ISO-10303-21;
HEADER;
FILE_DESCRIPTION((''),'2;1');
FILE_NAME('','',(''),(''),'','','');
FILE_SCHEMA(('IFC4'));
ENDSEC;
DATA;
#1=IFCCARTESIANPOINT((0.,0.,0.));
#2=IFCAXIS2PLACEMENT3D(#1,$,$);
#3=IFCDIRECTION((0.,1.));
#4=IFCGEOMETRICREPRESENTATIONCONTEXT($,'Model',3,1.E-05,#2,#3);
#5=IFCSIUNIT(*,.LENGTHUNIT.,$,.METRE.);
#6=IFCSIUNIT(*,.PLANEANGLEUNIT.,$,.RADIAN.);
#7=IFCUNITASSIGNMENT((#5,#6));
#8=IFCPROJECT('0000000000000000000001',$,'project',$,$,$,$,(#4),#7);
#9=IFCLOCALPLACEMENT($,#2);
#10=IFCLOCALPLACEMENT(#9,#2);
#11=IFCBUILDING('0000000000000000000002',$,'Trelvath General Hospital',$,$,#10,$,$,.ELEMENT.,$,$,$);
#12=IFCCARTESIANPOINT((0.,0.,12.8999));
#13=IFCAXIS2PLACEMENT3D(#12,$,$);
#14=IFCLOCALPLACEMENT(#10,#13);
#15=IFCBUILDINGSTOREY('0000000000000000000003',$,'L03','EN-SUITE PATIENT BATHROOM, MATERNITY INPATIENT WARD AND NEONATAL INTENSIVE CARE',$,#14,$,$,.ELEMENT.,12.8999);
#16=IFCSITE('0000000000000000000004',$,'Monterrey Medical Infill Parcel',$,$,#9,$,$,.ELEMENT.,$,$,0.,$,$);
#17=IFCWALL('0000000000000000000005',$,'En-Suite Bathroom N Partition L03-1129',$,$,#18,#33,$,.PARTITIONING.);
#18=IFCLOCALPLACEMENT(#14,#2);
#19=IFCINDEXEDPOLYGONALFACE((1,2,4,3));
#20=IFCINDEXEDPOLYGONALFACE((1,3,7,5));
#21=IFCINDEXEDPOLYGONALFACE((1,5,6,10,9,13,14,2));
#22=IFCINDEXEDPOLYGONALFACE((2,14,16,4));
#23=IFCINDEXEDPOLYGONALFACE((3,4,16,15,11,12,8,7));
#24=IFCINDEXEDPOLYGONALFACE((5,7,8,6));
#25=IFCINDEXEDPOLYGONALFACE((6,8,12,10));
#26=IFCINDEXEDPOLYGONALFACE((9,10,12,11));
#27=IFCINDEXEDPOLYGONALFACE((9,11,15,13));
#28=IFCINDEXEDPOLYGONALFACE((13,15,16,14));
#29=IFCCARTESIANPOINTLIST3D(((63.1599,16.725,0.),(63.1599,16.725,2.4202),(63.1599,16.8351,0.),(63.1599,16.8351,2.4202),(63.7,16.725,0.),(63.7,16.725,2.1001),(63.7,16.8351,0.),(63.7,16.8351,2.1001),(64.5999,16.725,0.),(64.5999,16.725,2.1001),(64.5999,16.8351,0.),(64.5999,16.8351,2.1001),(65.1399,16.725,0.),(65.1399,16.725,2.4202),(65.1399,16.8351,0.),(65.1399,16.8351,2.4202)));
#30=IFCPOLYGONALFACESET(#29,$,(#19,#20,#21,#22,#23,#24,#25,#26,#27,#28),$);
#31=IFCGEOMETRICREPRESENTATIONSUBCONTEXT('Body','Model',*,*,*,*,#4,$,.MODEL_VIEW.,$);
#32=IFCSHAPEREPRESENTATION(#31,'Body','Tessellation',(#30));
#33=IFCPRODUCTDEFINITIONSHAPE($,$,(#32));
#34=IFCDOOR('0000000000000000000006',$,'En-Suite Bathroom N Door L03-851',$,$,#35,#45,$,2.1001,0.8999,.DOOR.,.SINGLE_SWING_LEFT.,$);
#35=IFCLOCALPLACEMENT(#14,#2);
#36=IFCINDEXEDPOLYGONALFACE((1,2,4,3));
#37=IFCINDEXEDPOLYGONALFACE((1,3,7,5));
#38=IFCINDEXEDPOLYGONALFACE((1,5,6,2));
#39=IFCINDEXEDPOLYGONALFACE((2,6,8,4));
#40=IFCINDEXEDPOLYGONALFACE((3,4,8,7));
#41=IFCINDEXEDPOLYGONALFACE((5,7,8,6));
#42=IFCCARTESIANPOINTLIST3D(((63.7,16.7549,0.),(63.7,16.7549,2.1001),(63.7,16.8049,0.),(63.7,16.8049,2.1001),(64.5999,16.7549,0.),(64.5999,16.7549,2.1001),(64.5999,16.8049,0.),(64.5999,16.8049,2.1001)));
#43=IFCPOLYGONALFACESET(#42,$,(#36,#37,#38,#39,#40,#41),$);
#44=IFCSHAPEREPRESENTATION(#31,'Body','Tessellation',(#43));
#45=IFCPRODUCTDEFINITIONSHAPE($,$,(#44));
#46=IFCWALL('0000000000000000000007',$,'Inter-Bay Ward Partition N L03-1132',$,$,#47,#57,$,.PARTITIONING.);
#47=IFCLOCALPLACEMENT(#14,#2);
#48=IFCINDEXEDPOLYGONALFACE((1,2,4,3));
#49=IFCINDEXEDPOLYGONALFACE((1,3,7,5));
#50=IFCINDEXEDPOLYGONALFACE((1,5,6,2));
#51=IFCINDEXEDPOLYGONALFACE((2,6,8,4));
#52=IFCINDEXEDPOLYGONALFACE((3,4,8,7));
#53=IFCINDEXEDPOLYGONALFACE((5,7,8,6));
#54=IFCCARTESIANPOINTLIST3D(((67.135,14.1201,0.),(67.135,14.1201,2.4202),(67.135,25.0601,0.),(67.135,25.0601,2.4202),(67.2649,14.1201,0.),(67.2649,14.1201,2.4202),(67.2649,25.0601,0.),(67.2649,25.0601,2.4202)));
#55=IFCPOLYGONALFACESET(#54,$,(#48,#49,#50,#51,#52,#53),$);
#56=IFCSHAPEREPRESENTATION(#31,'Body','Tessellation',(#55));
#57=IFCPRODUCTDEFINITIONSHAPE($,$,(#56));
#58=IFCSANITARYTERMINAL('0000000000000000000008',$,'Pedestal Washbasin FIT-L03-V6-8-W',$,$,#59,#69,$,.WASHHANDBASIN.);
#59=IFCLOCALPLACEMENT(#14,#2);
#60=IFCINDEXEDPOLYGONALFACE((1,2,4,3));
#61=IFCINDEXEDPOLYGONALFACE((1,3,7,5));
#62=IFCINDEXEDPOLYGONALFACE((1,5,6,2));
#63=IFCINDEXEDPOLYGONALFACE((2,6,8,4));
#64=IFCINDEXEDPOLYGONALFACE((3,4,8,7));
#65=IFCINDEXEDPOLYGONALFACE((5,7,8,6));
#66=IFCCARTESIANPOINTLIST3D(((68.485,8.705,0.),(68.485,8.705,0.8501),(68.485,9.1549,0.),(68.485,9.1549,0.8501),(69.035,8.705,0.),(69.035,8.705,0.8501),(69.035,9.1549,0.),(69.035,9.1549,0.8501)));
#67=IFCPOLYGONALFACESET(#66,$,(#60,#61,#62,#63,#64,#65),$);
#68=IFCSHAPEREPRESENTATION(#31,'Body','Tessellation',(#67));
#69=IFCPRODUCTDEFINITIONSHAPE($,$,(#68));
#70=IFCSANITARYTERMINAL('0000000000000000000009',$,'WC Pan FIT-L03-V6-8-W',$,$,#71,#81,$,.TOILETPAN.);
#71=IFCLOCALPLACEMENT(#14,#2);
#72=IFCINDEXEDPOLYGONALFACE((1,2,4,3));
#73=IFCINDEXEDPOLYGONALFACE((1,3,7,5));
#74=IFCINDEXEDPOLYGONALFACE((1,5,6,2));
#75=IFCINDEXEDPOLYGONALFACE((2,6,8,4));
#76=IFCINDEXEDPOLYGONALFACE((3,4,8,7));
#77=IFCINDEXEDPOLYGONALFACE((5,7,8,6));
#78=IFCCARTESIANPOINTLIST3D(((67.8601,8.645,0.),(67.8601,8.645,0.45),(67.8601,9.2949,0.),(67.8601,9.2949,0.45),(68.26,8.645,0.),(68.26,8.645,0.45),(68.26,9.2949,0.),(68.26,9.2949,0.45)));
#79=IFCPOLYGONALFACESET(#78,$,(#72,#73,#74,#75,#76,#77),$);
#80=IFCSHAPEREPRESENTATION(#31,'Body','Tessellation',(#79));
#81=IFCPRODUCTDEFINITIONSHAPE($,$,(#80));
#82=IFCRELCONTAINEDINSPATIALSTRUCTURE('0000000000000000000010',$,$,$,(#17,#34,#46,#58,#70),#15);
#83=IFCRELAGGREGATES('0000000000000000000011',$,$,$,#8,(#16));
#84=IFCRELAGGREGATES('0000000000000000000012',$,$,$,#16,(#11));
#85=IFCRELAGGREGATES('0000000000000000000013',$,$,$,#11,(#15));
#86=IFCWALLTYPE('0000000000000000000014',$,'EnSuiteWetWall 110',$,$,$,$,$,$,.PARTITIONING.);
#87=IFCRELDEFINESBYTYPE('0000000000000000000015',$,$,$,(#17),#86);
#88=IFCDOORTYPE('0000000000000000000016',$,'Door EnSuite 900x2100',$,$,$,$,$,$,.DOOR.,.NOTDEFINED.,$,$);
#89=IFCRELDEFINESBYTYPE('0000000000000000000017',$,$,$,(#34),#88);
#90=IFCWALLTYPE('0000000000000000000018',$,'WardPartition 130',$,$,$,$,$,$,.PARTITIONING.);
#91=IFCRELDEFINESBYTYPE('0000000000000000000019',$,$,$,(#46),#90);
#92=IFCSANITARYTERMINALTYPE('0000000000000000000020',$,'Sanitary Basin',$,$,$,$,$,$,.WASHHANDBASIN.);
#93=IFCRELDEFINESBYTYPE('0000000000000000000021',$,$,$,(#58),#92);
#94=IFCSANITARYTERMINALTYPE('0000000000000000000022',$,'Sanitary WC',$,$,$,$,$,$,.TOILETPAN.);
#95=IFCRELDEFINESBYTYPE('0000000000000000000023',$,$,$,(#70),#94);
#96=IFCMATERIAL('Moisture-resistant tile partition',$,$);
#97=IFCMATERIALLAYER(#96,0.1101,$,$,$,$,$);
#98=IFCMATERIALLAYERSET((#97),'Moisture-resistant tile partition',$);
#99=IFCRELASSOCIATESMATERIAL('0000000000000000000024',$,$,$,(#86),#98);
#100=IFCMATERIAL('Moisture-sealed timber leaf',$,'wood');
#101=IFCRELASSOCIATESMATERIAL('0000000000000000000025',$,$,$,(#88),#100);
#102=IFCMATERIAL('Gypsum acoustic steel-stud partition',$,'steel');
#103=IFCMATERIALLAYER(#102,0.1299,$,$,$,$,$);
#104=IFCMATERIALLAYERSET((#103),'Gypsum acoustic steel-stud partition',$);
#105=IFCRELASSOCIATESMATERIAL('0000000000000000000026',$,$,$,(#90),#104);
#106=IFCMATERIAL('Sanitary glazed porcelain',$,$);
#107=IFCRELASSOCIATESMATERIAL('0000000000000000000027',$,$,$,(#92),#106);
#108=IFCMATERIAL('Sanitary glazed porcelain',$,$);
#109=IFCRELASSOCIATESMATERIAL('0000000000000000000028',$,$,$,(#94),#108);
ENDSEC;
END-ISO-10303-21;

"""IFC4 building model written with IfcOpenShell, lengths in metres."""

from ifc_helpers import new_model, si_unit, direction, frame, frame_2d, origin, origin_2d, place, context, subcontext, project, spatial, rectangle, extrude, material, layer, layer_set, type_object, element, fill, save


model = new_model("IFC4")

# Units and contexts
model_context = context("Model", 3, precision=1e-05, world=origin(), true_north=direction((0.0, 1.0)))
body_context = subcontext(model_context, "Body", "Model", "MODEL_VIEW")
ifc_project = project(units=[si_unit("LENGTHUNIT", "METRE"), si_unit("PLANEANGLEUNIT", "RADIAN")], contexts=[model_context])

# Site, building, storey
site_placement = place(None, origin())
site = spatial("IfcSite", under=ifc_project, at=site_placement, Name="Monterrey Medical Infill Parcel", CompositionType="ELEMENT", RefElevation=0.0)
building_placement = place(site_placement, origin())
building = spatial("IfcBuilding", under=site, at=building_placement, Name="Trelvath General Hospital", CompositionType="ELEMENT")
storey_placement = place(building_placement, frame((0.0, 0.0, 12.8999)))
storey = spatial("IfcBuildingStorey", under=building, at=storey_placement, Name="L03", Description="EN-SUITE PATIENT BATHROOM, MATERNITY INPATIENT WARD AND NEONATAL INTENSIVE CARE", CompositionType="ELEMENT", Elevation=12.8999)

# Shared definitions
ifc_material_1 = material(Name="Moisture-resistant tile partition")
ifc_layer_1 = layer(ifc_material_1, 0.1101)
ifc_layer_set_1 = layer_set([ifc_layer_1], Name="Moisture-resistant tile partition")
wall_type_1 = type_object("IfcWallType", Name="EnSuiteWetWall 110", PredefinedType="PARTITIONING", material=ifc_layer_set_1)

# Wall, opening, door
wall_1_placement = place(storey_placement, frame((63.1599, 16.78, 0.0), z_axis=(0.0, 0.0, 1.0), x_axis=(1.0, 0.0, 0.0)))
wall_1 = element("IfcWall", 1, at=wall_1_placement, inside=storey, type_object=wall_type_1, Name="En-Suite Bathroom N Partition L03-1129", PredefinedType="PARTITIONING", context=body_context, shape_type="SweptSolid", body=[
    extrude(rectangle(XDim=1.98, YDim=0.1101, at=frame_2d((0.99, 0.0))), origin(), (0.0, 0.0, 1.0), 2.4202),
])
opening_1_placement = place(wall_1_placement, frame((0.54, 0.0, 0.0)))
opening_1 = element("IfcOpeningElement", 2, at=opening_1_placement, cuts=wall_1, PredefinedType="OPENING", context=body_context, shape_type="SweptSolid", body=[
    extrude(rectangle(XDim=0.8999, YDim=2.1001, at=frame_2d((0.45, 1.05))), frame((0.0, 0.0649, 0.0), z_axis=(0.0, -1.0, 0.0), x_axis=(1.0, 0.0, 0.0)), (0.0, 0.0, 1.0), 0.1301),
])
ifc_material_2 = material(Name="Moisture-sealed timber leaf", Category="wood")
door_type_1 = type_object("IfcDoorType", Name="Door EnSuite 900x2100", OperationType="NOTDEFINED", PredefinedType="DOOR", material=ifc_material_2)
door_1_placement = place(opening_1_placement, origin())
door_1 = element("IfcDoor", 3, at=door_1_placement, inside=storey, type_object=door_type_1, Name="En-Suite Bathroom N Door L03-851", OperationType="SINGLE_SWING_LEFT", OverallHeight=2.1001, OverallWidth=0.8999, PredefinedType="DOOR", context=body_context, shape_type="SweptSolid", body=[
    extrude(rectangle(XDim=0.8999, YDim=2.1001, at=frame_2d((0.45, 1.05))), frame((0.0, 0.0249, 0.0), z_axis=(0.0, -1.0, 0.0), x_axis=(1.0, 0.0, 0.0)), (0.0, 0.0, 1.0), 0.05),
])
fill(opening_1, door_1)

# Wall
ifc_material_3 = material(Name="Gypsum acoustic steel-stud partition", Category="steel")
ifc_layer_2 = layer(ifc_material_3, 0.1299)
ifc_layer_set_2 = layer_set([ifc_layer_2], Name="Gypsum acoustic steel-stud partition")
wall_type_2 = type_object("IfcWallType", Name="WardPartition 130", PredefinedType="PARTITIONING", material=ifc_layer_set_2)
wall_2_placement = place(storey_placement, frame((67.2, 14.1201, 0.0), z_axis=(0.0, 0.0, 1.0), x_axis=(0.0, 1.0, 0.0)))
element("IfcWall", 4, at=wall_2_placement, inside=storey, type_object=wall_type_2, Name="Inter-Bay Ward Partition N L03-1132", PredefinedType="PARTITIONING", context=body_context, shape_type="SweptSolid", body=[
    extrude(rectangle(XDim=10.9399, YDim=0.1299, at=frame_2d((5.47, 0.0))), origin(), (0.0, 0.0, 1.0), 2.4202),
])

# Sanitary terminals
ifc_material_4 = material(Name="Sanitary glazed porcelain")
sanitary_terminal_type_1 = type_object("IfcSanitaryTerminalType", Name="Sanitary Basin", PredefinedType="WASHHANDBASIN", material=ifc_material_4)
sanitary_terminal_1_placement = place(storey_placement, frame((68.76, 8.9299, 0.0), z_axis=(0.0, 0.0, 1.0), x_axis=(1.0, 0.0, 0.0)))
element("IfcSanitaryTerminal", 5, at=sanitary_terminal_1_placement, inside=storey, type_object=sanitary_terminal_type_1, Name="Pedestal Washbasin FIT-L03-V6-8-W", PredefinedType="WASHHANDBASIN", context=body_context, shape_type="SweptSolid", body=[
    extrude(rectangle(XDim=0.55, YDim=0.45, at=origin_2d()), origin(), (0.0, 0.0, 1.0), 0.8501),
])
ifc_material_5 = material(Name="Sanitary glazed porcelain")
sanitary_terminal_type_2 = type_object("IfcSanitaryTerminalType", Name="Sanitary WC", PredefinedType="TOILETPAN", material=ifc_material_5)
sanitary_terminal_2_placement = place(storey_placement, frame((68.0601, 8.97, 0.0), z_axis=(0.0, 0.0, 1.0), x_axis=(1.0, 0.0, 0.0)))
element("IfcSanitaryTerminal", 6, at=sanitary_terminal_2_placement, inside=storey, type_object=sanitary_terminal_type_2, Name="WC Pan FIT-L03-V6-8-W", PredefinedType="TOILETPAN", context=body_context, shape_type="SweptSolid", body=[
    extrude(rectangle(XDim=0.3999, YDim=0.6499, at=origin_2d()), origin(), (0.0, 0.0, 1.0), 0.45),
])

save(model, "model.ifc")
